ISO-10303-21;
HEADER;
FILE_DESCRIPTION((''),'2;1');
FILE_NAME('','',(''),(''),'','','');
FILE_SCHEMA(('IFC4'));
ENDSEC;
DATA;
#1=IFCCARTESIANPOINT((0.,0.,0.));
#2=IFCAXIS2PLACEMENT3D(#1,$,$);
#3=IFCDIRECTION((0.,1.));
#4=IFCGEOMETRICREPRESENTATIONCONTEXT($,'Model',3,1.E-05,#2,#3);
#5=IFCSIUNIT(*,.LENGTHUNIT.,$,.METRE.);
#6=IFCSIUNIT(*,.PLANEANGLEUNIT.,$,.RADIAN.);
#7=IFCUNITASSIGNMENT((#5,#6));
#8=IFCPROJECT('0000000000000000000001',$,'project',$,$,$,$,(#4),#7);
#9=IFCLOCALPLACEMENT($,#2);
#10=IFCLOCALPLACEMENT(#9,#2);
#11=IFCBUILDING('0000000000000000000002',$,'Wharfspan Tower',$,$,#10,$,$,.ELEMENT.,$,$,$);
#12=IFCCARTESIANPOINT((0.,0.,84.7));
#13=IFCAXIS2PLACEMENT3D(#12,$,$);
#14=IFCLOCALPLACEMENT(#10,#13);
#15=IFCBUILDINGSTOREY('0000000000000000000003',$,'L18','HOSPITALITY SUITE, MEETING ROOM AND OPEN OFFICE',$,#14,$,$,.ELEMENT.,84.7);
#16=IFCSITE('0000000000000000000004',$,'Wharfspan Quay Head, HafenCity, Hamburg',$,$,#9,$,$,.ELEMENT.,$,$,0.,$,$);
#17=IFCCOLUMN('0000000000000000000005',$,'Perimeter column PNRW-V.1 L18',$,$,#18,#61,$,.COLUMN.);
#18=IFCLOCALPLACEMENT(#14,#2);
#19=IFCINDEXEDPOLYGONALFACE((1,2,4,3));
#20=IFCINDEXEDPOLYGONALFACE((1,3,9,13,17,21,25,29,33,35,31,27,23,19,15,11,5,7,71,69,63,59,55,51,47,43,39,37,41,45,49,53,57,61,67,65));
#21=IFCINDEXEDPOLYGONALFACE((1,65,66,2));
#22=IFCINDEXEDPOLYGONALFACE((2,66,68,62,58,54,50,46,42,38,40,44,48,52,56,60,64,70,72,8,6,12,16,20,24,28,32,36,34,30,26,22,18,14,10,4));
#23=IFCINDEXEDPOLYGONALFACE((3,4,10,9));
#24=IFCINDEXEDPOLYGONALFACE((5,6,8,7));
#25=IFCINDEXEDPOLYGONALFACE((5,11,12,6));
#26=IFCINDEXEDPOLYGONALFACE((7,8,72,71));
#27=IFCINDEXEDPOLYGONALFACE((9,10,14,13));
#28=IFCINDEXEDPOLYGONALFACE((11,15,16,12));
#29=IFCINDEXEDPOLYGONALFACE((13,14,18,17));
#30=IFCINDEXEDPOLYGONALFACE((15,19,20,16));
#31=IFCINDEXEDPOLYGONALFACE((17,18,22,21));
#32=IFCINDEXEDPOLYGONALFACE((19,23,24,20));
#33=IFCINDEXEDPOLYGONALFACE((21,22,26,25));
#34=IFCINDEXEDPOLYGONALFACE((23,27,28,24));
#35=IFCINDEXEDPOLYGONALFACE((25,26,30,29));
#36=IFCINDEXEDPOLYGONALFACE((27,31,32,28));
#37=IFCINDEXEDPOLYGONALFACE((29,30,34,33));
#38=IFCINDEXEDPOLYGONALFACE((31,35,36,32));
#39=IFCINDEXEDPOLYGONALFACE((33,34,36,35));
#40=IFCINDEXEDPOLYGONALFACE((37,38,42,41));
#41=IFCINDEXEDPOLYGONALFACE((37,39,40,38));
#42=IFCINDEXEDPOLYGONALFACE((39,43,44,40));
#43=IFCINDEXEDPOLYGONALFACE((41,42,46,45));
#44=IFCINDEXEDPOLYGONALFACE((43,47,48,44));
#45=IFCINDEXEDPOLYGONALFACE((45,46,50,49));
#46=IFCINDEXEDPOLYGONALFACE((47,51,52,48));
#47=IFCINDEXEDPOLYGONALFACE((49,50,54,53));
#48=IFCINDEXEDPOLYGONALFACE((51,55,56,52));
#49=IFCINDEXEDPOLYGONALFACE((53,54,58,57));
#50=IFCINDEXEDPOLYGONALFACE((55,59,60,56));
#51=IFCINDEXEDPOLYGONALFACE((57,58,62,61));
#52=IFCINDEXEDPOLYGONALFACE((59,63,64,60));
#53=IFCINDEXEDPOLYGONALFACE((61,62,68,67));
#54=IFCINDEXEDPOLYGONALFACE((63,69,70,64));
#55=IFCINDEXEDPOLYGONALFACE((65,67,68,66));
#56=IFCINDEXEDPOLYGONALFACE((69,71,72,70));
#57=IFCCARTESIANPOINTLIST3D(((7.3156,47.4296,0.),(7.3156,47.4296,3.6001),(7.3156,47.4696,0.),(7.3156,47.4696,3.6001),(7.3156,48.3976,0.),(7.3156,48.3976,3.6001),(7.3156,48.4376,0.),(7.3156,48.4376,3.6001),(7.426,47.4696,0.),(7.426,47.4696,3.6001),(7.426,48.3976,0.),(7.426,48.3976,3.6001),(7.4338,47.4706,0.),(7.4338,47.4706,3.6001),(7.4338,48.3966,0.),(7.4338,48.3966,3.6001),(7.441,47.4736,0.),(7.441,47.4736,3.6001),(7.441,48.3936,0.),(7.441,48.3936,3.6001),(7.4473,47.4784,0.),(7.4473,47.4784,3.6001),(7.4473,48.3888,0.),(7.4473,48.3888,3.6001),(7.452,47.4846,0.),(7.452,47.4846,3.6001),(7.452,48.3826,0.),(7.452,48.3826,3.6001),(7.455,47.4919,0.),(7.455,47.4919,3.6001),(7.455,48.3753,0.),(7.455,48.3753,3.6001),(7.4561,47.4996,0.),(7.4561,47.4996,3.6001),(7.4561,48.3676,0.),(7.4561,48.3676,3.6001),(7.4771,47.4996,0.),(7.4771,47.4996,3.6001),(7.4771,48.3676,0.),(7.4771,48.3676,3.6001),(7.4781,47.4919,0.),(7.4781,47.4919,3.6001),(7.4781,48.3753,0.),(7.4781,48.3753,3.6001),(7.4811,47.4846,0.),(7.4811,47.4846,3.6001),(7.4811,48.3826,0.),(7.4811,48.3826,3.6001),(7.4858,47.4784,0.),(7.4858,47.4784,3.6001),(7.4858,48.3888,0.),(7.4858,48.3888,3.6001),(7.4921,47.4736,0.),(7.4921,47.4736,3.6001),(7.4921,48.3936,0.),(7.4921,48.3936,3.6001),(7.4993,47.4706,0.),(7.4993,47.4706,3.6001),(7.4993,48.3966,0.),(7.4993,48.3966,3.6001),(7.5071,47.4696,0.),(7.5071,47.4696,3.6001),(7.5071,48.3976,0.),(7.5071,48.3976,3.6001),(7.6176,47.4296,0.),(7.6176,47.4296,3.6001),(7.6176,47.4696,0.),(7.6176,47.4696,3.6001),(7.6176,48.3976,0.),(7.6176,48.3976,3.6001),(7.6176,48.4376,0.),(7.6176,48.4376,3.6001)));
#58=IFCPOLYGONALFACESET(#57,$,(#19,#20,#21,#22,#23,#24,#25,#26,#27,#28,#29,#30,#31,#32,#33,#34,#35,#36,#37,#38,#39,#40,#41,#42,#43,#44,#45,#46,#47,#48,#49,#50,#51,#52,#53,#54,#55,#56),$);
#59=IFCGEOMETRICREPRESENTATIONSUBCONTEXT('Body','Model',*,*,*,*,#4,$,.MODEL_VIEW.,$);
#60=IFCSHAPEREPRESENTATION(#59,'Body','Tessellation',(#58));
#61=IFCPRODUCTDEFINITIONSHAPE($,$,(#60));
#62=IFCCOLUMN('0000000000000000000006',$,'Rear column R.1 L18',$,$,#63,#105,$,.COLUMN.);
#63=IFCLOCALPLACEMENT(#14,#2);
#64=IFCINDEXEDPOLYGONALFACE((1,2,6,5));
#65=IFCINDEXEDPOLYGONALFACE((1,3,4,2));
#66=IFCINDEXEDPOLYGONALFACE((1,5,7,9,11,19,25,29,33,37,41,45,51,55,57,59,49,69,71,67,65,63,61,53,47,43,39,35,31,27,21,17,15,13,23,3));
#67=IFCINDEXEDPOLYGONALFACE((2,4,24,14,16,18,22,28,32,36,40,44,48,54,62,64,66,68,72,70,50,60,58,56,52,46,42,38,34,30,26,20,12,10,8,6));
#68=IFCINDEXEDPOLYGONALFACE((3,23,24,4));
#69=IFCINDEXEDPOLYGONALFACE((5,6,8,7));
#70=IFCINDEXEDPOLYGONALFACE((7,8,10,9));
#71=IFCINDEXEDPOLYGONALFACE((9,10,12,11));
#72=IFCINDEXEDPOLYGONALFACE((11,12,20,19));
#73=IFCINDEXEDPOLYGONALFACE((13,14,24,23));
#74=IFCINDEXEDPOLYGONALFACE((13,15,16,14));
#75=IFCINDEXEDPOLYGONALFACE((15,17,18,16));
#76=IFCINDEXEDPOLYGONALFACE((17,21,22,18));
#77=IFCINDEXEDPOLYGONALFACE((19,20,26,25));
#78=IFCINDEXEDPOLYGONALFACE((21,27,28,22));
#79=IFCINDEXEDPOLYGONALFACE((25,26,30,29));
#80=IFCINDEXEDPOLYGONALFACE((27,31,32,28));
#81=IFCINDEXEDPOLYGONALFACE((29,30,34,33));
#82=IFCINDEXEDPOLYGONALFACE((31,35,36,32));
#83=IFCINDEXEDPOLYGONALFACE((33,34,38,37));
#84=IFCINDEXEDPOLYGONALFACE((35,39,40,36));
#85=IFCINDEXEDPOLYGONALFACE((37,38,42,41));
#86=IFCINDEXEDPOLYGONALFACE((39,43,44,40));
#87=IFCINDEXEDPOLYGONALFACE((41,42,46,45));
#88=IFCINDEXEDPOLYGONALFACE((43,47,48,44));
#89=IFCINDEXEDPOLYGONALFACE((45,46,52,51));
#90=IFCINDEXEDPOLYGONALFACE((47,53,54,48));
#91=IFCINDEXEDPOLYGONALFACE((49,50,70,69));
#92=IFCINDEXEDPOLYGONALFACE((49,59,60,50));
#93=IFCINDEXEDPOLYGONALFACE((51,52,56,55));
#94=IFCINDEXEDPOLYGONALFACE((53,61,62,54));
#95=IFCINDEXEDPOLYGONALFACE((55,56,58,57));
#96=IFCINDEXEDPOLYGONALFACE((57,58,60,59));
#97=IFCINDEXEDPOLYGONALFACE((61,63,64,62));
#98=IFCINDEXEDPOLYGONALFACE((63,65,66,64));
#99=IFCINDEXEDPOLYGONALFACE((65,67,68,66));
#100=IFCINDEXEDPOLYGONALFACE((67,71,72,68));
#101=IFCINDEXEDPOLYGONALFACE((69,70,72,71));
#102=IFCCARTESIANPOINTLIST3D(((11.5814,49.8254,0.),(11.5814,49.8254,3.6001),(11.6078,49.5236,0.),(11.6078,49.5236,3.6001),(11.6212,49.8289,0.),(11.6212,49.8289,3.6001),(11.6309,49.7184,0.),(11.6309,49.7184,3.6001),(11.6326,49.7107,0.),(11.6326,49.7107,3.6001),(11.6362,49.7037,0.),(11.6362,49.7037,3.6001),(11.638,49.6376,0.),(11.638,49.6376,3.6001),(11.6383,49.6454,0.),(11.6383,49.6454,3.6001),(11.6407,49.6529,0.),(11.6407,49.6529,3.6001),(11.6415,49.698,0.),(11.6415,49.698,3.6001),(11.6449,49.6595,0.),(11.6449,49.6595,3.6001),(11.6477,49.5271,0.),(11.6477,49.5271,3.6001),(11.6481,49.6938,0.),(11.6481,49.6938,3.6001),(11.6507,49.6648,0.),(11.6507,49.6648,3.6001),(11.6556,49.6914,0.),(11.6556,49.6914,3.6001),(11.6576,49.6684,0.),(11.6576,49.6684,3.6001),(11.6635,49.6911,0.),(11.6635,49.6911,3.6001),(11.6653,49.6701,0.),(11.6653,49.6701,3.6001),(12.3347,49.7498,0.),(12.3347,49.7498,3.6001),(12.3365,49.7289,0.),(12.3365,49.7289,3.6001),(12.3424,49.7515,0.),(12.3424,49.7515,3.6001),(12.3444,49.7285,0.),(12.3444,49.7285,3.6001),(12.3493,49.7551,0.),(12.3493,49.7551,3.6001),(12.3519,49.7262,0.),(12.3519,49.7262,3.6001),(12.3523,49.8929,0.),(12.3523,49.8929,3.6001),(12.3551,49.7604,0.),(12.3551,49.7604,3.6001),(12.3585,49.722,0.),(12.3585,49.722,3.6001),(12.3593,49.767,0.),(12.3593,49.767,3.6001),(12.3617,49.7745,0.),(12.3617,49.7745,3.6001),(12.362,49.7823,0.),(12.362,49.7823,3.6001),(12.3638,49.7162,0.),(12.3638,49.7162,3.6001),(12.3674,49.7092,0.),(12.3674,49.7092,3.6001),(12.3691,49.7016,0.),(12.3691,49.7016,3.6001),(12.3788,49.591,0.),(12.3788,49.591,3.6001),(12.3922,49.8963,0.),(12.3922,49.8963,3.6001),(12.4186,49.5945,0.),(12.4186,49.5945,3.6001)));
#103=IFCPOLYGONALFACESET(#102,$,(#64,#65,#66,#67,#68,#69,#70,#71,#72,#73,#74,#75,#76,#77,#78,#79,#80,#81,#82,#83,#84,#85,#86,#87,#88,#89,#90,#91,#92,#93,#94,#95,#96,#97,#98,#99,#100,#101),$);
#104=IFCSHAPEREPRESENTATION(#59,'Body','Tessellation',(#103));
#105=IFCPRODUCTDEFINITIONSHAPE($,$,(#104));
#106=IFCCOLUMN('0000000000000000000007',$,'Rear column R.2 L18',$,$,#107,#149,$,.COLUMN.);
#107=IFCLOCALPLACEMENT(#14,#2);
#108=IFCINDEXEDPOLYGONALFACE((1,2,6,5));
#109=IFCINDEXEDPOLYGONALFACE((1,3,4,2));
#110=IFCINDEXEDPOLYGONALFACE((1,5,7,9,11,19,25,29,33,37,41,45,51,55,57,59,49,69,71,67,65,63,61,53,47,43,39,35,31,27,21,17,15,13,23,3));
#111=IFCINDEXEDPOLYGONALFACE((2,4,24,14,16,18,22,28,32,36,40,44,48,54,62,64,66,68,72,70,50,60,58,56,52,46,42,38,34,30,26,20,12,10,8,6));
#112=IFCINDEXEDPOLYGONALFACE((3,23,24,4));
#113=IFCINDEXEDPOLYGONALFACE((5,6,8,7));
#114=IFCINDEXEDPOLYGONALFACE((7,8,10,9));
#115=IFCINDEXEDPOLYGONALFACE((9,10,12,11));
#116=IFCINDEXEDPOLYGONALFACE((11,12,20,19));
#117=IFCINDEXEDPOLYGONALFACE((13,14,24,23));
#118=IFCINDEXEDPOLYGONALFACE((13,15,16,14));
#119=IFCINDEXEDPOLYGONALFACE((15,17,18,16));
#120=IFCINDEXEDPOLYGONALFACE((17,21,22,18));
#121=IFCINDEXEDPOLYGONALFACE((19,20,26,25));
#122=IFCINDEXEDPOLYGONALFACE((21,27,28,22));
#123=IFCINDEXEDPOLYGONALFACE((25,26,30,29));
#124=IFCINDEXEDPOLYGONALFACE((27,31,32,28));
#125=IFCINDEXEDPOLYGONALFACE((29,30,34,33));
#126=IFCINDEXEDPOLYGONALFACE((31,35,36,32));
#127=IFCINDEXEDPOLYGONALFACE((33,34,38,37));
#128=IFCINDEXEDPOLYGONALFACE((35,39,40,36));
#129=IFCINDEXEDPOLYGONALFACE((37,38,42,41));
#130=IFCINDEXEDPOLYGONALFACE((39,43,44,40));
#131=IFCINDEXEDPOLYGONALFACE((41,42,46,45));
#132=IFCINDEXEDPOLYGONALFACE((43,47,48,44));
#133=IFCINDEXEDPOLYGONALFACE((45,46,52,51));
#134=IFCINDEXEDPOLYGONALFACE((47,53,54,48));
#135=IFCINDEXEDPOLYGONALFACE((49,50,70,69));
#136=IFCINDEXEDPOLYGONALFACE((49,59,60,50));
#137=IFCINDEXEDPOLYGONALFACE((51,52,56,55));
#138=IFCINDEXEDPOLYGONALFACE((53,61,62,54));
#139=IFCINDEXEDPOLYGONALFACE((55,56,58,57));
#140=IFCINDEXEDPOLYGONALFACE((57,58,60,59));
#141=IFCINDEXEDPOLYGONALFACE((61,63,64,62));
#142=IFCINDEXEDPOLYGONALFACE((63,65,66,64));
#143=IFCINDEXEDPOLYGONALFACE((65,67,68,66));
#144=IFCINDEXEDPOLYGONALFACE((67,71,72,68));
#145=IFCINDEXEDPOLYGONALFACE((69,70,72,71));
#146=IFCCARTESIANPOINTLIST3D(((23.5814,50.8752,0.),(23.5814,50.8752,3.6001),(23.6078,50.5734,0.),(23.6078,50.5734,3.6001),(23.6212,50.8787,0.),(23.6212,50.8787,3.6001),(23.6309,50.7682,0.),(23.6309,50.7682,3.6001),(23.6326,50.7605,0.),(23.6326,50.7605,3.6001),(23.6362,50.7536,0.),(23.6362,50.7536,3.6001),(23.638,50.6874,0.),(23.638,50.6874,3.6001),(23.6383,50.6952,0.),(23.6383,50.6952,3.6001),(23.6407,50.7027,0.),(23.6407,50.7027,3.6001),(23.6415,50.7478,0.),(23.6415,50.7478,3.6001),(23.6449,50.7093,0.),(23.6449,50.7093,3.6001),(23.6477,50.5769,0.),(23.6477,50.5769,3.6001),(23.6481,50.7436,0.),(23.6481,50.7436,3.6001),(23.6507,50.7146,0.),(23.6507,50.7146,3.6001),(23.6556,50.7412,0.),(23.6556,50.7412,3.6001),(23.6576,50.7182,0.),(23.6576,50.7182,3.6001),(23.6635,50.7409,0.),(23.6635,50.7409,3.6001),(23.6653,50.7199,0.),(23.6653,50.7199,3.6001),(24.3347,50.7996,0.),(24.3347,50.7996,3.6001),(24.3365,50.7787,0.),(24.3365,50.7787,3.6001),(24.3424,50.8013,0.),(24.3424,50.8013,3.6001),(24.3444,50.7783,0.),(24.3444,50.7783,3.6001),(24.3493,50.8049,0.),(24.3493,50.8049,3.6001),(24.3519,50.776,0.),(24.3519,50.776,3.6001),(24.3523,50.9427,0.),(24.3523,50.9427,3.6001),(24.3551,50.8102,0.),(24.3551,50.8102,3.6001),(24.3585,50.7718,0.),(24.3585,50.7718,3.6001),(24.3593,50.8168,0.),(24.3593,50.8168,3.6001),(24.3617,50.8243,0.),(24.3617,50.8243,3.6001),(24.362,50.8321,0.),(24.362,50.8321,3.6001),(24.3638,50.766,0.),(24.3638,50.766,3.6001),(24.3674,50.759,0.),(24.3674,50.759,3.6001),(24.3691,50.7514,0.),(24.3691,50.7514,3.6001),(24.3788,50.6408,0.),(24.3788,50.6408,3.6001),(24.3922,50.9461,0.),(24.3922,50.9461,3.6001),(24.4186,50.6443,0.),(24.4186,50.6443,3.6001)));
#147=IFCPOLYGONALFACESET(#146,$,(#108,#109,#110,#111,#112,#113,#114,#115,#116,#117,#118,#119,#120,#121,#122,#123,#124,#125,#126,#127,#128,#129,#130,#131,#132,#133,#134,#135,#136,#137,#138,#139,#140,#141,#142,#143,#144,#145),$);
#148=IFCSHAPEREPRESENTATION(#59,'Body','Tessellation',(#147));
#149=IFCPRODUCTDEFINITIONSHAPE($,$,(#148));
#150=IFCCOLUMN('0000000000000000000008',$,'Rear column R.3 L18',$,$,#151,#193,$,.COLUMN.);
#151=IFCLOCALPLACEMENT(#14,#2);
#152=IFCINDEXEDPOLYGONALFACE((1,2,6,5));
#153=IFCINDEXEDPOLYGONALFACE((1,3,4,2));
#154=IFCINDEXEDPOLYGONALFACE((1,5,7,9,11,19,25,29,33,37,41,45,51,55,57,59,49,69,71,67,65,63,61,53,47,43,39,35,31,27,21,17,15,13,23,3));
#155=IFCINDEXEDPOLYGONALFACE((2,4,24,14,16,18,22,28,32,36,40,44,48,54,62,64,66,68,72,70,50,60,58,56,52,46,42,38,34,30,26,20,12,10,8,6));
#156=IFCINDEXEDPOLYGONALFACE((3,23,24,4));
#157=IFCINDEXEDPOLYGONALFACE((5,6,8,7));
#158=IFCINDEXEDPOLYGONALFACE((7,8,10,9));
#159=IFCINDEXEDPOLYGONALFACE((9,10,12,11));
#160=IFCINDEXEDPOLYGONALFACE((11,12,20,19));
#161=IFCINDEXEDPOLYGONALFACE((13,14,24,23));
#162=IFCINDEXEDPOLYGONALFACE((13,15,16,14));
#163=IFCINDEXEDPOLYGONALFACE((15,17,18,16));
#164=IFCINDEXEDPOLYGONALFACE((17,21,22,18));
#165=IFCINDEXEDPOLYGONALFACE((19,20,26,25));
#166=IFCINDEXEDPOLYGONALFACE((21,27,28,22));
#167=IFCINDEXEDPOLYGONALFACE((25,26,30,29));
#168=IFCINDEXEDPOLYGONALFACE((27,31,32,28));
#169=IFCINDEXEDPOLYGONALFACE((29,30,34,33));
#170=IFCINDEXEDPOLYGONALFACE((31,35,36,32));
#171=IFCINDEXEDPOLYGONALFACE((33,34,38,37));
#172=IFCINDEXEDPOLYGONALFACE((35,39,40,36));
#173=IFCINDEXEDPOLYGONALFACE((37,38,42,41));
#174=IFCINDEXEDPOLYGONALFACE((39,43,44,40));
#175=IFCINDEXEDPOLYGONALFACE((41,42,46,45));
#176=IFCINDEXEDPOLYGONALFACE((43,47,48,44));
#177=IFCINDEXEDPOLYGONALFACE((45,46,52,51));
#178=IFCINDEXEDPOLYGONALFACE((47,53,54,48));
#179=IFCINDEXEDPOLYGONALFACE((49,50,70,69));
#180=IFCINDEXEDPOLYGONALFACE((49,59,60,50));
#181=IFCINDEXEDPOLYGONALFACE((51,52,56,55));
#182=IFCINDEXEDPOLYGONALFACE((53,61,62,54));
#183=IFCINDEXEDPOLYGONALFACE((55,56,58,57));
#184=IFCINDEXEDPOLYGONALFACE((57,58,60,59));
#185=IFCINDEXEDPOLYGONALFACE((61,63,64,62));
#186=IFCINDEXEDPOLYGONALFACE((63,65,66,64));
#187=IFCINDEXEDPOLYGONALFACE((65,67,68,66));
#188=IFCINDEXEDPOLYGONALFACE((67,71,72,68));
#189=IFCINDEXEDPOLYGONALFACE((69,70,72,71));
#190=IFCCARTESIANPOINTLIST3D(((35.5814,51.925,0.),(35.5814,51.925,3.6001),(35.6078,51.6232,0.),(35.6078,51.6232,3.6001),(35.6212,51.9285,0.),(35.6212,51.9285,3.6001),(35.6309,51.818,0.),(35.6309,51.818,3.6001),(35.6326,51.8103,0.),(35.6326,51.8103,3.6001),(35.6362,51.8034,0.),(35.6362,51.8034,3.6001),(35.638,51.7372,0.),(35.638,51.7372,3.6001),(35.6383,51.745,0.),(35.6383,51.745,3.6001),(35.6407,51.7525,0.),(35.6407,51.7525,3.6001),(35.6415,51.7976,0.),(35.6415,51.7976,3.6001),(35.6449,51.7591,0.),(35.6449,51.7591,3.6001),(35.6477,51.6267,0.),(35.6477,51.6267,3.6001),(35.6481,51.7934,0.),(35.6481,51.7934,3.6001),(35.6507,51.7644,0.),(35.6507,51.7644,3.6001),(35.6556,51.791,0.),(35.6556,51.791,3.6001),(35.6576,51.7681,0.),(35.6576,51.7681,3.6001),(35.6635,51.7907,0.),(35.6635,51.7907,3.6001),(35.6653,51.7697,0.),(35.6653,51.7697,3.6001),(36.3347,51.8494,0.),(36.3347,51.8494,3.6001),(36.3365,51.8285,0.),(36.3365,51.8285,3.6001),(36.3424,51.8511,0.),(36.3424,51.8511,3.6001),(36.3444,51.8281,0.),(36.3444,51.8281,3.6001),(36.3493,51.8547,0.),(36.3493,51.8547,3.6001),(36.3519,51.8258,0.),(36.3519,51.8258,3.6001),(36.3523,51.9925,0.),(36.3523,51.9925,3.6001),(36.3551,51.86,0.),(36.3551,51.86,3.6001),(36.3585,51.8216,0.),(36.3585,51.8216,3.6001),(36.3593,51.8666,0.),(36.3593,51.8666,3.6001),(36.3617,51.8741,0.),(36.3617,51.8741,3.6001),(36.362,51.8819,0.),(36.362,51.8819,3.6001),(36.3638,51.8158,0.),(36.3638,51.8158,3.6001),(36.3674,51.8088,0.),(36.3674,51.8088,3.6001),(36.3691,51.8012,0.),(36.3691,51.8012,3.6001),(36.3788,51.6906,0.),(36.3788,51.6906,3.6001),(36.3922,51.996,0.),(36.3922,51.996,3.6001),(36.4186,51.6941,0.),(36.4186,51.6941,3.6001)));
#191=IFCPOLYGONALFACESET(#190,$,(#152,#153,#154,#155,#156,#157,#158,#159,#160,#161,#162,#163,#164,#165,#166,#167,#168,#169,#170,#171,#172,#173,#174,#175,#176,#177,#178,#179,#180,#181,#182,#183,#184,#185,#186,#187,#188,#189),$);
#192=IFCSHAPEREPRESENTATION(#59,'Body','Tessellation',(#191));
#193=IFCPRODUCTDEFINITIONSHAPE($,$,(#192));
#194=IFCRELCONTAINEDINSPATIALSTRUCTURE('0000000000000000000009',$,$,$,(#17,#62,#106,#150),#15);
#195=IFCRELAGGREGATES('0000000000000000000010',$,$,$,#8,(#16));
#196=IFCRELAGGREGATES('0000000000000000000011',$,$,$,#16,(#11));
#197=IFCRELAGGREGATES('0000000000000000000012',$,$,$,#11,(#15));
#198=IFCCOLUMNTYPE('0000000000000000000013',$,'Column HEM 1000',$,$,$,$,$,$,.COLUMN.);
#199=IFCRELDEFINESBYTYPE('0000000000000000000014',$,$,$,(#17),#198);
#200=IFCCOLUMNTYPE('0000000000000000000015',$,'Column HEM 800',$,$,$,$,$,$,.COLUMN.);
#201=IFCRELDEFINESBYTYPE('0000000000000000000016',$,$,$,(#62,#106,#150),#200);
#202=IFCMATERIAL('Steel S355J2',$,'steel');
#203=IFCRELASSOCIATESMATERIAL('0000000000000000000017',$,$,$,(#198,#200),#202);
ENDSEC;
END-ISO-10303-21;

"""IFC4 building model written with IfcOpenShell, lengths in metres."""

from ifc_helpers import new_model, si_unit, direction, frame, origin, origin_2d, place, context, subcontext, project, spatial, i_section, extrude, material, material_profile, profile_set, type_object, element, save


model = new_model("IFC4")

# Units and contexts
model_context = context("Model", 3, precision=1e-05, world=origin(), true_north=direction((0.0, 1.0)))
body_context = subcontext(model_context, "Body", "Model", "MODEL_VIEW")
ifc_project = project(units=[si_unit("LENGTHUNIT", "METRE"), si_unit("PLANEANGLEUNIT", "RADIAN")], contexts=[model_context])

# Site, building, storey
site_placement = place(None, origin())
site = spatial("IfcSite", under=ifc_project, at=site_placement, Name="Wharfspan Quay Head, HafenCity, Hamburg", CompositionType="ELEMENT", RefElevation=0.0)
building_placement = place(site_placement, origin())
building = spatial("IfcBuilding", under=site, at=building_placement, Name="Wharfspan Tower", CompositionType="ELEMENT")
storey_placement = place(building_placement, frame((0.0, 0.0, 84.7)))
storey = spatial("IfcBuildingStorey", under=building, at=storey_placement, Name="L18", Description="HOSPITALITY SUITE, MEETING ROOM AND OPEN OFFICE", CompositionType="ELEMENT", Elevation=84.7)

# Columns
ifc_material_1 = material(Name="Steel S355J2", Category="steel")
ifc_material_profile_1 = material_profile(ifc_material_1, i_section(OverallWidth=0.302, OverallDepth=1.0081, WebThickness=0.021, FlangeThickness=0.04, FilletRadius=0.03, at=origin_2d()))
ifc_profile_set_1 = profile_set([ifc_material_profile_1], Name="Steel S355J2")
column_type_1 = type_object("IfcColumnType", Name="Column HEM 1000", PredefinedType="COLUMN", material=ifc_profile_set_1)
column_1_placement = place(storey_placement, frame((7.4666, 47.9336, 0.0), z_axis=(0.0, 0.0, 1.0), x_axis=(-1.0, 0.0, 0.0)))
element("IfcColumn", 1, at=column_1_placement, inside=storey, type_object=column_type_1, Name="Perimeter column PNRW-V.1 L18", PredefinedType="COLUMN", context=body_context, shape_type="SweptSolid", body=[
    extrude(i_section(OverallWidth=0.302, OverallDepth=1.0081, WebThickness=0.021, FlangeThickness=0.04, FilletRadius=0.03, at=origin_2d()), origin(), (0.0, 0.0, 1.0), 3.6001),
])
ifc_material_profile_2 = material_profile(ifc_material_1, i_section(OverallWidth=0.303, OverallDepth=0.814, WebThickness=0.021, FlangeThickness=0.04, FilletRadius=0.03, at=origin_2d()))
ifc_profile_set_2 = profile_set([ifc_material_profile_2], Name="Steel S355J2")
column_type_2 = type_object("IfcColumnType", Name="Column HEM 800", PredefinedType="COLUMN", material=ifc_profile_set_2)
for number, where, z_axis, x_axis, name in (
    (2, (12.0, 49.71, 0.0), (0.0, 0.0, 1.0), (-0.087156, 0.996197, 0.0), "Rear column R.1 L18"),
    (3, (24.0, 50.7598, 0.0), (0.0, 0.0, 1.0), (-0.087156, 0.996197, 0.0), "Rear column R.2 L18"),
    (4, (36.0, 51.8096, 0.0), (0.0, 0.0, 1.0), (-0.087156, 0.996197, 0.0), "Rear column R.3 L18"),
):
    element("IfcColumn", number, at=place(storey_placement, frame(where, z_axis=z_axis, x_axis=x_axis)), inside=storey, type_object=column_type_2, Name=name, PredefinedType="COLUMN", context=body_context, shape_type="SweptSolid", body=[
        extrude(i_section(OverallWidth=0.303, OverallDepth=0.814, WebThickness=0.021, FlangeThickness=0.04, FilletRadius=0.03, at=origin_2d()), origin(), (0.0, 0.0, 1.0), 3.6001),
    ])

save(model, "model.ifc")
